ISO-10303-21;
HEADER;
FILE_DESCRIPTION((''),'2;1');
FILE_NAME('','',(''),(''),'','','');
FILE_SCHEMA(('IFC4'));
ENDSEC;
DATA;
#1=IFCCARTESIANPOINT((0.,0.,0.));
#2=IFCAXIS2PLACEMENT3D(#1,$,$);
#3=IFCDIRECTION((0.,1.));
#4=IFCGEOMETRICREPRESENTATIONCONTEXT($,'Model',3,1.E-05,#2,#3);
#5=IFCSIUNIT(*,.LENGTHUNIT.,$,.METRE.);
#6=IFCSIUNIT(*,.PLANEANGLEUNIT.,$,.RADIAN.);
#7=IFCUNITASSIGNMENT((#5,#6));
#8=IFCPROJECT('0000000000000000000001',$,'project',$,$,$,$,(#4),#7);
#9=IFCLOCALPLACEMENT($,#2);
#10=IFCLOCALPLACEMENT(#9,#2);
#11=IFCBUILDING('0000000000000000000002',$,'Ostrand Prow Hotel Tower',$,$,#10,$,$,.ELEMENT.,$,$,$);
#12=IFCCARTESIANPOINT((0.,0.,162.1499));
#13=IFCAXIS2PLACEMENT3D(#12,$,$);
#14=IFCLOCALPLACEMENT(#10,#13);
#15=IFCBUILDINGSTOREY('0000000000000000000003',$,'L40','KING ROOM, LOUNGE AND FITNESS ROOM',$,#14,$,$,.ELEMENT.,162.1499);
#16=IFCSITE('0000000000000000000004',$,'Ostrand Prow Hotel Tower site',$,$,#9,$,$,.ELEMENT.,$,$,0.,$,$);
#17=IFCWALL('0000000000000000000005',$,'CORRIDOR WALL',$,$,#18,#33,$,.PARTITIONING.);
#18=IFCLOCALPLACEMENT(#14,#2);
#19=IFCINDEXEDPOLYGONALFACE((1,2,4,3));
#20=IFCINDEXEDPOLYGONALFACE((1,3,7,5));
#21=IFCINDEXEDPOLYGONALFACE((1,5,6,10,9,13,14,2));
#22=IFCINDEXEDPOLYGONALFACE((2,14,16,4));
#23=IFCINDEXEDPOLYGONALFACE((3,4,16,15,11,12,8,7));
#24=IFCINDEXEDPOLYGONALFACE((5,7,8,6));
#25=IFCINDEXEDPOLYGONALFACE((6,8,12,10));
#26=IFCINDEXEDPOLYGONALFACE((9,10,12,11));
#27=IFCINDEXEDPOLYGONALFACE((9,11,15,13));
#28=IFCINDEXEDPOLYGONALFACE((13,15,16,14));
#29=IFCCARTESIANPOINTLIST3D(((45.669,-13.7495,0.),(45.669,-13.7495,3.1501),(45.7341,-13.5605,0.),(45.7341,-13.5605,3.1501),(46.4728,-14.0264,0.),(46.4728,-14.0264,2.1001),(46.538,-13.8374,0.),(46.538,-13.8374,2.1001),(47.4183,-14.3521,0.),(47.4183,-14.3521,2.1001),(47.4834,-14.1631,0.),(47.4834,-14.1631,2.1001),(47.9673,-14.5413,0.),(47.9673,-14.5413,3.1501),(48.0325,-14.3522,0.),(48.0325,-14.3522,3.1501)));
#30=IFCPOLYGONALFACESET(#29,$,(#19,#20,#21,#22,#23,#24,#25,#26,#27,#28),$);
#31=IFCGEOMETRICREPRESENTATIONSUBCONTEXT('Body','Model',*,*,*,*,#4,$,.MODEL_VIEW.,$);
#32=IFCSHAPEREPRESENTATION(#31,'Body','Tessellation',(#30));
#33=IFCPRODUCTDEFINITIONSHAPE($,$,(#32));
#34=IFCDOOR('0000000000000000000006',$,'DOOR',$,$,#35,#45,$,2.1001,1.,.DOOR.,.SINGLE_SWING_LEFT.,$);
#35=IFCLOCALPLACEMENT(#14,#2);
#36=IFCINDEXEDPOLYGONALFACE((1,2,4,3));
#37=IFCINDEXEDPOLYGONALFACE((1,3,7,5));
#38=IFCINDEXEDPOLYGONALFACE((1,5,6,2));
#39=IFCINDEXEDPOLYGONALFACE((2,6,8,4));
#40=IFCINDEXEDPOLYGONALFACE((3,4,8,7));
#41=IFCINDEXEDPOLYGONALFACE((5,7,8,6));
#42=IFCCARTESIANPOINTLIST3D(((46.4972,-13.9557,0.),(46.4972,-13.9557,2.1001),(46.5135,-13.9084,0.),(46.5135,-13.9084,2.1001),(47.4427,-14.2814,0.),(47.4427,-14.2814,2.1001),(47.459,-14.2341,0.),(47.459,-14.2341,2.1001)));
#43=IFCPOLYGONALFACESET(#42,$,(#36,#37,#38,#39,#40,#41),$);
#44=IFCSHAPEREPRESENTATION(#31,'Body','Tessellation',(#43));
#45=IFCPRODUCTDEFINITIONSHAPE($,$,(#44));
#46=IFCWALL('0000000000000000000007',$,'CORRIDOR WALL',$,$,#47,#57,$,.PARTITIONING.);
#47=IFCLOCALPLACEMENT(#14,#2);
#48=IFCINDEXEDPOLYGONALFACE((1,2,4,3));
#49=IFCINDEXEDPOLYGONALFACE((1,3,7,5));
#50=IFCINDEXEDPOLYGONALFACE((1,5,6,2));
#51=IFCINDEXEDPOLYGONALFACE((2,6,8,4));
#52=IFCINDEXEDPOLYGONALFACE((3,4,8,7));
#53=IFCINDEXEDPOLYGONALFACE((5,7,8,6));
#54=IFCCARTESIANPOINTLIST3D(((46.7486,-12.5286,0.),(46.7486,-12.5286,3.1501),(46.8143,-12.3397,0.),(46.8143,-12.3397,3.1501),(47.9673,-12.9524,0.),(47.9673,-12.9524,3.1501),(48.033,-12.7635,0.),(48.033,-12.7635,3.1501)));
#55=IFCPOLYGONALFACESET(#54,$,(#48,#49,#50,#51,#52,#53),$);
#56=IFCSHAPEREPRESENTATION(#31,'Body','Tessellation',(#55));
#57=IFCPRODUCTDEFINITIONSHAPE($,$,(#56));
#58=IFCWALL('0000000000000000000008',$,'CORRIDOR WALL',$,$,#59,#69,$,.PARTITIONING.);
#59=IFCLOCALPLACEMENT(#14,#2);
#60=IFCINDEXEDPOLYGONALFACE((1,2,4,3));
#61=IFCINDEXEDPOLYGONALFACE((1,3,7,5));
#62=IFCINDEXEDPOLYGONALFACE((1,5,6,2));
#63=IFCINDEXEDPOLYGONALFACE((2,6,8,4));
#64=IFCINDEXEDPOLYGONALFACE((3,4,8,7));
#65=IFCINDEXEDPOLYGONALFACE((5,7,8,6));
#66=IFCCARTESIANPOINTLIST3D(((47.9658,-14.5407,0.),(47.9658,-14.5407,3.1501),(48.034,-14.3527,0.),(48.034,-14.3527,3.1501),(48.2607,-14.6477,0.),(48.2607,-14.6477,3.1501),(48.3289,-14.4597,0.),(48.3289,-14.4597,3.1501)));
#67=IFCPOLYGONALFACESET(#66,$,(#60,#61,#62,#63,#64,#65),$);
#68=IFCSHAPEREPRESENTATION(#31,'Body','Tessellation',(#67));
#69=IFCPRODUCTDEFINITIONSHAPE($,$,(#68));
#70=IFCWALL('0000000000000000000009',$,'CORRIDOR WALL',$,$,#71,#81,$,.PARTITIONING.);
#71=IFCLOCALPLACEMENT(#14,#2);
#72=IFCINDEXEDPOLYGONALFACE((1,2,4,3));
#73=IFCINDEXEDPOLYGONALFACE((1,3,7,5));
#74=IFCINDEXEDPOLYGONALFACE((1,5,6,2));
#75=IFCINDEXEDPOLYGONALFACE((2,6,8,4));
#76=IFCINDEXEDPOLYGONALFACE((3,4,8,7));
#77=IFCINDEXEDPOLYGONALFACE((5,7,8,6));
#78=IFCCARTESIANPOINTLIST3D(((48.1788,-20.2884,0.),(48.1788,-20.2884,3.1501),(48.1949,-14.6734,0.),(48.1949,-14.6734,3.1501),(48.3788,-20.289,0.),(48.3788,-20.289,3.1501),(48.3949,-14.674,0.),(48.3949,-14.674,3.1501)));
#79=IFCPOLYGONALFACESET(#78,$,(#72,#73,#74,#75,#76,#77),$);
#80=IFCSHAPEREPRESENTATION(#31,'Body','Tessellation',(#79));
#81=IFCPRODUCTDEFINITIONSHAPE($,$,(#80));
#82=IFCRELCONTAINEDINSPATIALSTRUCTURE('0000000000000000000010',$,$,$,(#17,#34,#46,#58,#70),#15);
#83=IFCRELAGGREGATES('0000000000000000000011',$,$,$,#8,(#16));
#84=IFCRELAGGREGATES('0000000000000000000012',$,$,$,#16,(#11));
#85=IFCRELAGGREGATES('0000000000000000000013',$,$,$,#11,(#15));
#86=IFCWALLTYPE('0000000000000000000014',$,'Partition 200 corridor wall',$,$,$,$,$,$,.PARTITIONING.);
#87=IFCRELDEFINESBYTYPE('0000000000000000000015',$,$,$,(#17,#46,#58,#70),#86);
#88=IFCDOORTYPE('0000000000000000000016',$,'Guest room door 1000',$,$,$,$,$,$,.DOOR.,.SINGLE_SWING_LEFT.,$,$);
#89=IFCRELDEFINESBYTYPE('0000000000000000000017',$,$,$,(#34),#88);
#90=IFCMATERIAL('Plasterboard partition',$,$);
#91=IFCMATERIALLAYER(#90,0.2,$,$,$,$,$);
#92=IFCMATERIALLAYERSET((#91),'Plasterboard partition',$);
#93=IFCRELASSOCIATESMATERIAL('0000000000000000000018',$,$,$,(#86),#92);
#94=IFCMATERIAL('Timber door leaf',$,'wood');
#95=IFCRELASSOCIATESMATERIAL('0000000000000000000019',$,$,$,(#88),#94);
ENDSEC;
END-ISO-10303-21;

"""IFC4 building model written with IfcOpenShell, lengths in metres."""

from ifc_helpers import new_model, si_unit, direction, frame, frame_2d, origin, place, context, subcontext, project, spatial, rectangle, extrude, material, layer, layer_set, type_object, element, fill, save


model = new_model("IFC4")

# Units and contexts
model_context = context("Model", 3, precision=1e-05, world=origin(), true_north=direction((0.0, 1.0)))
body_context = subcontext(model_context, "Body", "Model", "MODEL_VIEW")
ifc_project = project(units=[si_unit("LENGTHUNIT", "METRE"), si_unit("PLANEANGLEUNIT", "RADIAN")], contexts=[model_context])

# Site, building, storey
site_placement = place(None, origin())
site = spatial("IfcSite", under=ifc_project, at=site_placement, Name="Ostrand Prow Hotel Tower site", CompositionType="ELEMENT", RefElevation=0.0)
building_placement = place(site_placement, origin())
building = spatial("IfcBuilding", under=site, at=building_placement, Name="Ostrand Prow Hotel Tower", CompositionType="ELEMENT")
storey_placement = place(building_placement, frame((0.0, 0.0, 162.1499)))
storey = spatial("IfcBuildingStorey", under=building, at=storey_placement, Name="L40", Description="KING ROOM, LOUNGE AND FITNESS ROOM", CompositionType="ELEMENT", Elevation=162.1499)

# Shared definitions
ifc_material_1 = material(Name="Plasterboard partition")
ifc_layer_1 = layer(ifc_material_1, 0.2)
ifc_layer_set_1 = layer_set([ifc_layer_1], Name="Plasterboard partition")
wall_type_1 = type_object("IfcWallType", Name="Partition 200 corridor wall", PredefinedType="PARTITIONING", material=ifc_layer_set_1)

# Wall, opening, door
wall_1_placement = place(storey_placement, frame((45.7017, -13.655, 0.0), z_axis=(0.0, 0.0, 1.0), x_axis=(0.945472, -0.325703, 0.0)))
wall_1 = element("IfcWall", 1, at=wall_1_placement, inside=storey, type_object=wall_type_1, Name="CORRIDOR WALL", PredefinedType="PARTITIONING", context=body_context, shape_type="SweptSolid", body=[
    extrude(rectangle(XDim=2.4309, YDim=0.2, at=frame_2d((1.2153, 0.0))), origin(), (0.0, 0.0, 1.0), 3.1501),
])
opening_1_placement = place(wall_1_placement, frame((0.8501, 0.0, 0.0)))
opening_1 = element("IfcOpeningElement", 2, at=opening_1_placement, cuts=wall_1, PredefinedType="OPENING", context=body_context, shape_type="SweptSolid", body=[
    extrude(rectangle(XDim=1.0, YDim=2.1001, at=frame_2d((0.5, 1.05))), frame((0.0, 0.1099, 0.0), z_axis=(0.0, -1.0, 0.0), x_axis=(1.0, 0.0, 0.0)), (0.0, 0.0, 1.0), 0.22),
])
ifc_material_2 = material(Name="Timber door leaf", Category="wood")
door_type_1 = type_object("IfcDoorType", Name="Guest room door 1000", OperationType="SINGLE_SWING_LEFT", PredefinedType="DOOR", material=ifc_material_2)
door_1_placement = place(opening_1_placement, origin())
door_1 = element("IfcDoor", 3, at=door_1_placement, inside=storey, type_object=door_type_1, Name="DOOR", OperationType="SINGLE_SWING_LEFT", OverallHeight=2.1001, OverallWidth=1.0, PredefinedType="DOOR", context=body_context, shape_type="SweptSolid", body=[
    extrude(rectangle(XDim=1.0, YDim=2.1001, at=frame_2d((0.5, 1.05))), frame((0.0, 0.0249, 0.0), z_axis=(0.0, -1.0, 0.0), x_axis=(1.0, 0.0, 0.0)), (0.0, 0.0, 1.0), 0.05),
])
fill(opening_1, door_1)

# Walls
wall_2_placement = place(storey_placement, frame((48.0, -12.8579, 0.0), z_axis=(0.0, 0.0, 1.0), x_axis=(-0.944517, 0.328462, 0.0)))
element("IfcWall", 4, at=wall_2_placement, inside=storey, type_object=wall_type_1, Name="CORRIDOR WALL", PredefinedType="PARTITIONING", context=body_context, shape_type="SweptSolid", body=[
    extrude(rectangle(XDim=1.2903, YDim=0.2, at=frame_2d((0.645, 0.0))), origin(), (0.0, 0.0, 1.0), 3.1501),
])
wall_3_placement = place(storey_placement, frame((48.0, -14.4468, 0.0), z_axis=(0.0, 0.0, 1.0), x_axis=(0.940111, -0.340868, 0.0)))
element("IfcWall", 5, at=wall_3_placement, inside=storey, type_object=wall_type_1, Name="CORRIDOR WALL", PredefinedType="PARTITIONING", context=body_context, shape_type="SweptSolid", body=[
    extrude(rectangle(XDim=0.3137, YDim=0.2, at=frame_2d((0.1567, 0.0))), origin(), (0.0, 0.0, 1.0), 3.1501),
])
wall_4_placement = place(storey_placement, frame((48.2949, -14.6736, 0.0), z_axis=(0.0, 0.0, 1.0), x_axis=(-0.00287, -0.999996, 0.0)))
element("IfcWall", 6, at=wall_4_placement, inside=storey, type_object=wall_type_1, Name="CORRIDOR WALL", PredefinedType="PARTITIONING", context=body_context, shape_type="SweptSolid", body=[
    extrude(rectangle(XDim=5.615, YDim=0.2, at=frame_2d((2.8076, 0.0))), origin(), (0.0, 0.0, 1.0), 3.1501),
])

save(model, "model.ifc")
